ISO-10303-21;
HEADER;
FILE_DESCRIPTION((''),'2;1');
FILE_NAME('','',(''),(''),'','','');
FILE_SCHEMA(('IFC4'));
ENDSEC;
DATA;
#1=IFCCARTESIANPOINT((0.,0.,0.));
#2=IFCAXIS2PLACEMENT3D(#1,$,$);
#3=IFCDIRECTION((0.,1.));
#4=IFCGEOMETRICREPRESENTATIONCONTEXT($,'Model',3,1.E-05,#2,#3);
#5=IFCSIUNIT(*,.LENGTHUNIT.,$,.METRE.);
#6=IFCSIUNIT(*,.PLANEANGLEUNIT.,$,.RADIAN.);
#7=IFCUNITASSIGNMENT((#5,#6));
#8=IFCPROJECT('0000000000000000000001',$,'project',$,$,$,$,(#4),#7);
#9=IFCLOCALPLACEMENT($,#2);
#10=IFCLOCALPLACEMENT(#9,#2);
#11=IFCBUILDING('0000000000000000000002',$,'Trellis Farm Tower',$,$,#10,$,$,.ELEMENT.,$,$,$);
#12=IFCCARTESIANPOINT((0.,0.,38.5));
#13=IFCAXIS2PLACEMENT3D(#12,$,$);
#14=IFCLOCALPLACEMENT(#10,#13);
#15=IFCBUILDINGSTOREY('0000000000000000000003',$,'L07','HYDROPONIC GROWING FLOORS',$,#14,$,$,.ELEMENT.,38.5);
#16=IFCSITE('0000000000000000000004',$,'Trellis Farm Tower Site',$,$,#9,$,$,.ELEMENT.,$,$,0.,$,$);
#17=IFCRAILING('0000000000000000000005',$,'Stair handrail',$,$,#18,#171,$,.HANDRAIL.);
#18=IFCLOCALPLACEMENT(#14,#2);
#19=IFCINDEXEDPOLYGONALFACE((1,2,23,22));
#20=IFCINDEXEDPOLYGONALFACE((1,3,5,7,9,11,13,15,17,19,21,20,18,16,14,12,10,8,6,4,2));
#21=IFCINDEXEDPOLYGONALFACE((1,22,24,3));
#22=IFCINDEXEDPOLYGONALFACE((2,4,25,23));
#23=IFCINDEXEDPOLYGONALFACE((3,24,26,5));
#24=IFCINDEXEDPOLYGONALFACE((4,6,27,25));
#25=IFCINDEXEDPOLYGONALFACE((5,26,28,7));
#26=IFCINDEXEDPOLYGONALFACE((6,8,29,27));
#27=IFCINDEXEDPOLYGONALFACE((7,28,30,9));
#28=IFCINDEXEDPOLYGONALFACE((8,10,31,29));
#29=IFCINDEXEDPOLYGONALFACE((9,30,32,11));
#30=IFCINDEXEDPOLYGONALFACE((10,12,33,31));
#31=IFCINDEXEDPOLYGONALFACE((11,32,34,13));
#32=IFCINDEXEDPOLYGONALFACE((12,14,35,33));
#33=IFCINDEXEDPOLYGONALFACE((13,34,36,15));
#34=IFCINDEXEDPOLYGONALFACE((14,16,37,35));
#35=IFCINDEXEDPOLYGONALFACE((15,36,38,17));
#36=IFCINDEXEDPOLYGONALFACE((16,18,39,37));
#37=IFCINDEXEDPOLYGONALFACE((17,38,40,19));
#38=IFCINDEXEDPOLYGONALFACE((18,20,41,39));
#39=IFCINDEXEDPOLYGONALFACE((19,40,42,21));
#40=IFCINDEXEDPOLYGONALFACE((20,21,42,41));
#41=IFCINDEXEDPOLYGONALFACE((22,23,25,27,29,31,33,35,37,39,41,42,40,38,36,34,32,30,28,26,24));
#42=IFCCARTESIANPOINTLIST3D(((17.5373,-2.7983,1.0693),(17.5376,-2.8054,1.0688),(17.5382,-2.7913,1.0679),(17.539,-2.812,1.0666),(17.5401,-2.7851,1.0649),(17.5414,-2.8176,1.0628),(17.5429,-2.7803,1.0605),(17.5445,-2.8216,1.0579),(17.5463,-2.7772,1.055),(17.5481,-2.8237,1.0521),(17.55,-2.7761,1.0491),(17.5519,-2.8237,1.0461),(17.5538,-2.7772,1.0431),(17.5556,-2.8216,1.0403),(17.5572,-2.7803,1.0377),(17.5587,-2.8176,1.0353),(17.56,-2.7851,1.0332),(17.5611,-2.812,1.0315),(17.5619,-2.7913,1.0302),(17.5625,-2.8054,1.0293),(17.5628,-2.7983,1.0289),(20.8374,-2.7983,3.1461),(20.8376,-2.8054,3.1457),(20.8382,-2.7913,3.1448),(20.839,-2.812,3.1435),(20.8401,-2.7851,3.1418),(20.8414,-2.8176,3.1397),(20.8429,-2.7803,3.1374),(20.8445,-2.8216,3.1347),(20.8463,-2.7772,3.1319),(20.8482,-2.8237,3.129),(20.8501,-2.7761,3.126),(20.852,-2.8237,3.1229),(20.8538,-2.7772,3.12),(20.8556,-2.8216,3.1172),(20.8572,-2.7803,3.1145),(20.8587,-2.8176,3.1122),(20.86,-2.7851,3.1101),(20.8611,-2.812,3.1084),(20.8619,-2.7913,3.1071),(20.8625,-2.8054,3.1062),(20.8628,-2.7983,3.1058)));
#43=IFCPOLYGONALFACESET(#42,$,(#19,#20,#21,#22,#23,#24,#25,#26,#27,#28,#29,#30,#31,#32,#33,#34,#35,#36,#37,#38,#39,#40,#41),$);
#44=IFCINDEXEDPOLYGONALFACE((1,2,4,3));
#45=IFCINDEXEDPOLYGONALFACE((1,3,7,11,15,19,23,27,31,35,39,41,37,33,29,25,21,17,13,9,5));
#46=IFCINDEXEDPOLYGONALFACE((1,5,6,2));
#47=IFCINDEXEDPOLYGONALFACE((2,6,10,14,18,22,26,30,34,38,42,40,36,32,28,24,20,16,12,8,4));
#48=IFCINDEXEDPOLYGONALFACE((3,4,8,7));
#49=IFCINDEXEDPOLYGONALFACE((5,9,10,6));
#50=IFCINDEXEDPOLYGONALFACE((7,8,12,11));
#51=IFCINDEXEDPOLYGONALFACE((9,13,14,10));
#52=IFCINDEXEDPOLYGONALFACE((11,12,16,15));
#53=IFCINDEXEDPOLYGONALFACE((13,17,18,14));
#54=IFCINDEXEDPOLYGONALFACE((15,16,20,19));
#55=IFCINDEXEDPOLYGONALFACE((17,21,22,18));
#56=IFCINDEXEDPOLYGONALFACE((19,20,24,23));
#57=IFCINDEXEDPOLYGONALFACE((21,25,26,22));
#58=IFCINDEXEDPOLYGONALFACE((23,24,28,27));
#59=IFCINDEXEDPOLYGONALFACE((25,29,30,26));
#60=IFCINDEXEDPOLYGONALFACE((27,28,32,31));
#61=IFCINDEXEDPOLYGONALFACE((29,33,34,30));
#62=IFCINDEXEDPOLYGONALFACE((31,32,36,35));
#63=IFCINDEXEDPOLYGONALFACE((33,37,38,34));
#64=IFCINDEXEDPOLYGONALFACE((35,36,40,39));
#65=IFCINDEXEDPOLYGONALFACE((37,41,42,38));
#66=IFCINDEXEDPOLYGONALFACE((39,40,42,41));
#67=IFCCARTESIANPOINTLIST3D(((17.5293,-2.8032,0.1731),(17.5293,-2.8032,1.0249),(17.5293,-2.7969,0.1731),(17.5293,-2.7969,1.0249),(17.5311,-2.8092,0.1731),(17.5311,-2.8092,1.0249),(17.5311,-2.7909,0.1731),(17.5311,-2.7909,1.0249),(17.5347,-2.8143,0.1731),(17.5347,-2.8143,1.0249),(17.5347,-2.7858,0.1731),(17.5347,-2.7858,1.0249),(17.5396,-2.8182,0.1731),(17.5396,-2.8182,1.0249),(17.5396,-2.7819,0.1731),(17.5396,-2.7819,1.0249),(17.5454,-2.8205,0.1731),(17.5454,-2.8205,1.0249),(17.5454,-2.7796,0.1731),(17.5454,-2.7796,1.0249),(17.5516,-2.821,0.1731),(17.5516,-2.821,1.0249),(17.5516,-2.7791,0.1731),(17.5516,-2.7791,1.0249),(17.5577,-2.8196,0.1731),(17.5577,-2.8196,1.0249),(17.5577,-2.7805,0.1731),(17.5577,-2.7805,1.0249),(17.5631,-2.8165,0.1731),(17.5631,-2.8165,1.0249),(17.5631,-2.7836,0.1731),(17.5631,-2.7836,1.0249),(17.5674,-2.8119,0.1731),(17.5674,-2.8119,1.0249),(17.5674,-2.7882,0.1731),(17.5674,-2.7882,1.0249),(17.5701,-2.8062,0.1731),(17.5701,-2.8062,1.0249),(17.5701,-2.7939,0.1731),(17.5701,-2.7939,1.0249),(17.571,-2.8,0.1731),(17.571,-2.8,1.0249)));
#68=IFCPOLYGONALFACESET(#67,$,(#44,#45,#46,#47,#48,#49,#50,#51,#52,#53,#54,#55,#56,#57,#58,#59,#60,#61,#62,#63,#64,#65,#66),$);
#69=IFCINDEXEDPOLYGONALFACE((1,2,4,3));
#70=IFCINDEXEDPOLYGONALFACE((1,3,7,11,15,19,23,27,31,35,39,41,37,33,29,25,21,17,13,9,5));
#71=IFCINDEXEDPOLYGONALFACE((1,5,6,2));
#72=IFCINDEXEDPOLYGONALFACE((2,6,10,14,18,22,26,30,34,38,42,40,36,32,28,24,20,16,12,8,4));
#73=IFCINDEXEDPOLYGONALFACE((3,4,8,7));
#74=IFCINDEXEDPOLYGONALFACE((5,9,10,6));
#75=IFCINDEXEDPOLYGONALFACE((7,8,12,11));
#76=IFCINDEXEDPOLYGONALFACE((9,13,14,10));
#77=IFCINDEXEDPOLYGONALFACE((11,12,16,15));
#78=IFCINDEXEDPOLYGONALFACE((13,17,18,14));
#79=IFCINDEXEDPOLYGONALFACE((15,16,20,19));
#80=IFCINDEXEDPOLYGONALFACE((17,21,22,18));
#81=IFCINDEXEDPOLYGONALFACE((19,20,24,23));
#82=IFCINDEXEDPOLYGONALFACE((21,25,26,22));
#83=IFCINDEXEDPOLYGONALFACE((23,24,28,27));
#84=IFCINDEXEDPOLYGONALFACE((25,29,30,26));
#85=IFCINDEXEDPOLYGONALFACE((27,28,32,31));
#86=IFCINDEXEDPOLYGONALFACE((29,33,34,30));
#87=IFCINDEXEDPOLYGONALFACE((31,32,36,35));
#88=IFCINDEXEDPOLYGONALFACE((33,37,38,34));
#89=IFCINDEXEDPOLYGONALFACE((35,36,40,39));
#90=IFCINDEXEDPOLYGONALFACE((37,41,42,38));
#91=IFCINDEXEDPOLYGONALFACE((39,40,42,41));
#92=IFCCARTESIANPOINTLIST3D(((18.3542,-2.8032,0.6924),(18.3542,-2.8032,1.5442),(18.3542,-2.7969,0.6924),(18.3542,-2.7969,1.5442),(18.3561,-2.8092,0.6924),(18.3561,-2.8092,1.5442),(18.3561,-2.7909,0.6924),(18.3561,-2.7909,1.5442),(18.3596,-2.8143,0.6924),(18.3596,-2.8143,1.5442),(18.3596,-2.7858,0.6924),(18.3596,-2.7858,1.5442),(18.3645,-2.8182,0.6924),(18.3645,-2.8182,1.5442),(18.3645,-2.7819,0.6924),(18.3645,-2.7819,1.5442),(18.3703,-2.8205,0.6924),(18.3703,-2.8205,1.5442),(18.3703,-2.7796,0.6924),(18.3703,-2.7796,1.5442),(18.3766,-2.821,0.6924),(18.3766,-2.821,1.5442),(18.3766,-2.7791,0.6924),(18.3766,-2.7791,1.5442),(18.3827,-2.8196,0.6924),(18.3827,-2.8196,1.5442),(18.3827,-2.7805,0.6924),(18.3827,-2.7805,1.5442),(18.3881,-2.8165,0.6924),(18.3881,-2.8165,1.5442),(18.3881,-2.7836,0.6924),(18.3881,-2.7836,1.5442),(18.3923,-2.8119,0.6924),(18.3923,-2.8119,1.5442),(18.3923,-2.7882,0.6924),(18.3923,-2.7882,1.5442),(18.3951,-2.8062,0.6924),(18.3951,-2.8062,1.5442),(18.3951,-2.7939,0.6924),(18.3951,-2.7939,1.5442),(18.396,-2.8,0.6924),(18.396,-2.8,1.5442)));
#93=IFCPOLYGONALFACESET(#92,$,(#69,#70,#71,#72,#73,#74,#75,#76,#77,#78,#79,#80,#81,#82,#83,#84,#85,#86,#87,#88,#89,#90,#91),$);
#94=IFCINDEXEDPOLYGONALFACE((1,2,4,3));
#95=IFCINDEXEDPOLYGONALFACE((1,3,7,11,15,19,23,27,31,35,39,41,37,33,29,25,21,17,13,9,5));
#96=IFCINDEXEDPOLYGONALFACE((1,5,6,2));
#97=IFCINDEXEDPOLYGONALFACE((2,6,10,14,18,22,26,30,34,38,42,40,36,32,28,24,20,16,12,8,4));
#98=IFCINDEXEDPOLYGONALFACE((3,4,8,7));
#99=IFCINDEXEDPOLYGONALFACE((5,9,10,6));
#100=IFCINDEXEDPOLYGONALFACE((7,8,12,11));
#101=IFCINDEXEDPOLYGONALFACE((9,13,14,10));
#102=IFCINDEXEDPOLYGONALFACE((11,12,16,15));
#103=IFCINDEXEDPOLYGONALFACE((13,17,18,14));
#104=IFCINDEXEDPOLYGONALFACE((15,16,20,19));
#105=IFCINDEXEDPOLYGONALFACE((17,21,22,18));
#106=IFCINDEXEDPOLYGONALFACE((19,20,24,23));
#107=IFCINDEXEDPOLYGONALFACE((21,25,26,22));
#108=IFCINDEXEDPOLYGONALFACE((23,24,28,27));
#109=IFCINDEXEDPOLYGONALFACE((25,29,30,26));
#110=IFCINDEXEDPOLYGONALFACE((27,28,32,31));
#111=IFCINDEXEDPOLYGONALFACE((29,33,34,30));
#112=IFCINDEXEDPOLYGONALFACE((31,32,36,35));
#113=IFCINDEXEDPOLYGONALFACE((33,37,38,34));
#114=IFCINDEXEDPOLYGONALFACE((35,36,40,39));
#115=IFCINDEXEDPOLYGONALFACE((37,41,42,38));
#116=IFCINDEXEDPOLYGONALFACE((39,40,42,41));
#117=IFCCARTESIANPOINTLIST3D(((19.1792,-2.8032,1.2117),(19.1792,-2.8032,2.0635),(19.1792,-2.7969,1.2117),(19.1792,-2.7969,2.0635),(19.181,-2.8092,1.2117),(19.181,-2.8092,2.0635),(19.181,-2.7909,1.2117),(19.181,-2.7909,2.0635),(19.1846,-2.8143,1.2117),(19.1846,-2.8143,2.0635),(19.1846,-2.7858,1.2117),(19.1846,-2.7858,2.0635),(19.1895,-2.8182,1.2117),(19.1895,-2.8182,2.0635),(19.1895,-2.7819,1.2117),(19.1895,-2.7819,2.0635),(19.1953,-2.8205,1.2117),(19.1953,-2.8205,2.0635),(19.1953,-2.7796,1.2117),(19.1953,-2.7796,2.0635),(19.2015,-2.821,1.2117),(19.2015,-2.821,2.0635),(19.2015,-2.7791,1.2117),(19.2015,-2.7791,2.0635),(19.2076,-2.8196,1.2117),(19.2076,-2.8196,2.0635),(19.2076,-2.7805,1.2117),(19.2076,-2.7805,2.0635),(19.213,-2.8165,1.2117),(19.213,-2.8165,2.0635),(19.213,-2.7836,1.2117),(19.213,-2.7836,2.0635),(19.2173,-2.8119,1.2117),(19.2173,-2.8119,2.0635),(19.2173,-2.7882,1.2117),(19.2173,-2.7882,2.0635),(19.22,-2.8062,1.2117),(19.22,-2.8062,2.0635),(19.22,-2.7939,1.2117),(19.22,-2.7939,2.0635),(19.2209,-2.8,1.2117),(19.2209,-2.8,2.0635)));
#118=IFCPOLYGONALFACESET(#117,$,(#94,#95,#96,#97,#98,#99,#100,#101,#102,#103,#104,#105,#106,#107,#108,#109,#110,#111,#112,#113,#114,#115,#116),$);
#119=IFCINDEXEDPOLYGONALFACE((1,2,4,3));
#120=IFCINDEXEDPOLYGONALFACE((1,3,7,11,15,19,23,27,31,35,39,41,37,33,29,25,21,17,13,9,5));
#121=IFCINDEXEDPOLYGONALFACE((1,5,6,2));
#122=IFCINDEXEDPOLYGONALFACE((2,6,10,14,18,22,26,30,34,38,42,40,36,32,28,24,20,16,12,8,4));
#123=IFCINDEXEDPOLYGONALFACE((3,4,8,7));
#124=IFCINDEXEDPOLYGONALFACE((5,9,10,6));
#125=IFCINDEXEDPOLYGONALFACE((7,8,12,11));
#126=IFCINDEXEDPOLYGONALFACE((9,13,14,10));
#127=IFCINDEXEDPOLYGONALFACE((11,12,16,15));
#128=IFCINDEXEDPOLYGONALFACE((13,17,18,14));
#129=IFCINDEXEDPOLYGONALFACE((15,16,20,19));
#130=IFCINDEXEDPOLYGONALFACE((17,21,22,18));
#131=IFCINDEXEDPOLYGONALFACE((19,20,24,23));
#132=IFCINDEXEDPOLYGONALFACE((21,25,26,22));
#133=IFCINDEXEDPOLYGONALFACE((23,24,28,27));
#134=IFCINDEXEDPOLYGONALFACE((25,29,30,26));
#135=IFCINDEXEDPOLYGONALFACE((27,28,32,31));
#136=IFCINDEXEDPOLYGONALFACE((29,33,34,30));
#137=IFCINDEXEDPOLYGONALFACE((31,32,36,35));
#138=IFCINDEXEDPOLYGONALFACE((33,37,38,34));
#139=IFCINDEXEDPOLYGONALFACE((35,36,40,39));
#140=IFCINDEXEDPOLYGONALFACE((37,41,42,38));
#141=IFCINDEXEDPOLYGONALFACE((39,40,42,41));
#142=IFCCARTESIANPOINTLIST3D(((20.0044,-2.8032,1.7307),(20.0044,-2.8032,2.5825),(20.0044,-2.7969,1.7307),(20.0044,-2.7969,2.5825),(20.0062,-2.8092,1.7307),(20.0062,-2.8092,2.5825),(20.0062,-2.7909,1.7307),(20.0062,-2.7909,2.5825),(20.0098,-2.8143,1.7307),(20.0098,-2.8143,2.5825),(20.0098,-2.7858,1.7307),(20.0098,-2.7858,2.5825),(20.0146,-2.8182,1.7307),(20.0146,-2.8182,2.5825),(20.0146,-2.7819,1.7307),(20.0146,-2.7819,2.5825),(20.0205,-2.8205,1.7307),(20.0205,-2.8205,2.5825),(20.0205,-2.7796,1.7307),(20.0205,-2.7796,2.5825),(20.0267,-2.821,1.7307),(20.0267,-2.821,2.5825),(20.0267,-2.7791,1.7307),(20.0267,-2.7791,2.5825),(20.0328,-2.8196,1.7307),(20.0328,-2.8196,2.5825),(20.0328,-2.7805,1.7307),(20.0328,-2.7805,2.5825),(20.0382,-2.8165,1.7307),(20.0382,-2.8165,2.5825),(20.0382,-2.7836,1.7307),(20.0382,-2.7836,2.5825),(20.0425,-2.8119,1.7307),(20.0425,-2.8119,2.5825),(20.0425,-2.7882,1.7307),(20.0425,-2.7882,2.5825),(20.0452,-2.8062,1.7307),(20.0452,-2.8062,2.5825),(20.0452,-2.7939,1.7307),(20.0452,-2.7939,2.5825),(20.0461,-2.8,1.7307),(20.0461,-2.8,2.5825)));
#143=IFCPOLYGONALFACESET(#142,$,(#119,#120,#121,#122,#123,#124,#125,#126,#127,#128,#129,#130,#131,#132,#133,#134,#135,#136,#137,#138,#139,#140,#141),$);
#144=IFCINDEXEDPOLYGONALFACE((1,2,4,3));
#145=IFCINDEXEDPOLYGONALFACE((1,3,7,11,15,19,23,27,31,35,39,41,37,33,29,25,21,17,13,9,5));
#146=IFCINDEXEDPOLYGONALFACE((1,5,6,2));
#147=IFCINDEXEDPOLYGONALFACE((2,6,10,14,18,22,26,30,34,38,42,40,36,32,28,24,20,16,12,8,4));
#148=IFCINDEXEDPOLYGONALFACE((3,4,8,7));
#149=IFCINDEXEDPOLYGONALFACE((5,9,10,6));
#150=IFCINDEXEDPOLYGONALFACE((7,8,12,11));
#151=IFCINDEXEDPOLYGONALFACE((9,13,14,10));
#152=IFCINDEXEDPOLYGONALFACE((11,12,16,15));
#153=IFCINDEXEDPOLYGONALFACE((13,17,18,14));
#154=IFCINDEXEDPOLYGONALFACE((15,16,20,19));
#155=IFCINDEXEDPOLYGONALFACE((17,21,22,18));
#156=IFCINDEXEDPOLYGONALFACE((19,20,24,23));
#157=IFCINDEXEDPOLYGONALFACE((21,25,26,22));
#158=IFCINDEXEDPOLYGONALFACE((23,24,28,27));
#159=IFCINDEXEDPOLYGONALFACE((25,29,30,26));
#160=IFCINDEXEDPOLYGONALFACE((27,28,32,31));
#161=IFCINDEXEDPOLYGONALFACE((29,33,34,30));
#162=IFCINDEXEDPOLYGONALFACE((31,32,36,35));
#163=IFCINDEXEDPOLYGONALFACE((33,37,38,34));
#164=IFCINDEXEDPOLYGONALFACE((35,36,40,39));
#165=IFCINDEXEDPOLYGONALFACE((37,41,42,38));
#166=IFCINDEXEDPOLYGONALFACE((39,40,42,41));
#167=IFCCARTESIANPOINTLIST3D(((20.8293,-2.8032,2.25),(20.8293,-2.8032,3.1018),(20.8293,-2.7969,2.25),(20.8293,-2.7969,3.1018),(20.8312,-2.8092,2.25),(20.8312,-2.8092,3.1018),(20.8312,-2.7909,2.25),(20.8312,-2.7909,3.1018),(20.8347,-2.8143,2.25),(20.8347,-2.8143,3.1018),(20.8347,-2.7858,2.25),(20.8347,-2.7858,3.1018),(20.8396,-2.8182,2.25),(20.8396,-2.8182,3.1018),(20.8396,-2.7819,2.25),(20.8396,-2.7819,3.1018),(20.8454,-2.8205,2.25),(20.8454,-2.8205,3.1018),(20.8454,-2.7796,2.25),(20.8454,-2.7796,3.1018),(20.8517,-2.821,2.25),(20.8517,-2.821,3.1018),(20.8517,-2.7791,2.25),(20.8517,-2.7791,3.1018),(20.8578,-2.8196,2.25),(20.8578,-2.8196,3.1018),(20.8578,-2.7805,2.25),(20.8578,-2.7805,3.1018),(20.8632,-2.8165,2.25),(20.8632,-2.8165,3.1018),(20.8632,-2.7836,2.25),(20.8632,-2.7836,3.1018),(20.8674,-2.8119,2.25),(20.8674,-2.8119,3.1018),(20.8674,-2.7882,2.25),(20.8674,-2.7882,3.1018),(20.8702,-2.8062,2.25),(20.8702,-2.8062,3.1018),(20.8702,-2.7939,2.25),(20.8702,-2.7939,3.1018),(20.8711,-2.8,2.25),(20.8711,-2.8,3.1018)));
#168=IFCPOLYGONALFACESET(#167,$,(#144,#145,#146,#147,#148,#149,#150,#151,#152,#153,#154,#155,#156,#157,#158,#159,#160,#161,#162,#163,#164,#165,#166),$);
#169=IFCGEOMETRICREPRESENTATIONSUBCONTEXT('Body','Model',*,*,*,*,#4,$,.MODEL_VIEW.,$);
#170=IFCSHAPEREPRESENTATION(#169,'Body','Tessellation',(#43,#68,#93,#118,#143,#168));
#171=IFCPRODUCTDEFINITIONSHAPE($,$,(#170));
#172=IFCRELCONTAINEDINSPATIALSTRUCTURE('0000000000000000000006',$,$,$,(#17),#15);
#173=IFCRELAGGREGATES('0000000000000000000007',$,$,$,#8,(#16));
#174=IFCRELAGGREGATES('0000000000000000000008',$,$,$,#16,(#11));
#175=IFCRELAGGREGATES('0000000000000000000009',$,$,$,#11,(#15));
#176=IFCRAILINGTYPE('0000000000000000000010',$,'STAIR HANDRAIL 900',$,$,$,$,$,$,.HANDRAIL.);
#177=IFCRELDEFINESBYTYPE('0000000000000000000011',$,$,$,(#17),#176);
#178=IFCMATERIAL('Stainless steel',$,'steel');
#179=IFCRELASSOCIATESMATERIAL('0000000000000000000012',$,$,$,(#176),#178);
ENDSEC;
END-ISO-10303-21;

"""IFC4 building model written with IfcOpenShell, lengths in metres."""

from ifc_helpers import new_model, si_unit, direction, frame, origin, origin_2d, place, context, subcontext, project, spatial, circle, extrude, source, transform, mapped, material, type_object, element, save


model = new_model("IFC4")

# Units and contexts
model_context = context("Model", 3, precision=1e-05, world=origin(), true_north=direction((0.0, 1.0)))
body_context = subcontext(model_context, "Body", "Model", "MODEL_VIEW")
ifc_project = project(units=[si_unit("LENGTHUNIT", "METRE"), si_unit("PLANEANGLEUNIT", "RADIAN")], contexts=[model_context])

# Site, building, storey
site_placement = place(None, origin())
site = spatial("IfcSite", under=ifc_project, at=site_placement, Name="Trellis Farm Tower Site", CompositionType="ELEMENT", RefElevation=0.0)
building_placement = place(site_placement, origin())
building = spatial("IfcBuilding", under=site, at=building_placement, Name="Trellis Farm Tower", CompositionType="ELEMENT")
storey_placement = place(building_placement, frame((0.0, 0.0, 38.5)))
storey = spatial("IfcBuildingStorey", under=building, at=storey_placement, Name="L07", Description="HYDROPONIC GROWING FLOORS", CompositionType="ELEMENT", Elevation=38.5)

# Railing
ifc_material_1 = material(Name="Stainless steel", Category="steel")
railing_type = type_object("IfcRailingType", Name="STAIR HANDRAIL 900", PredefinedType="HANDRAIL", material=ifc_material_1)
shared_shape_1 = source(origin(), body_context, "Body", "SweptSolid", [
    extrude(circle(Radius=0.0239, at=origin_2d()), frame((0.0, 0.0, 0.876), z_axis=(0.846337, 0.0, 0.532647), x_axis=(0.0, 1.0, 0.0)), (0.0, 0.0, 1.0), 3.8992),
    extrude(circle(Radius=0.021, at=origin_2d()), origin(), (0.0, 0.0, 1.0), 0.8518),
    extrude(circle(Radius=0.021, at=origin_2d()), frame((0.825, 0.0, 0.5193)), (0.0, 0.0, 1.0), 0.8518),
    extrude(circle(Radius=0.021, at=origin_2d()), frame((1.6499, 0.0, 1.0386)), (0.0, 0.0, 1.0), 0.8518),
    extrude(circle(Radius=0.021, at=origin_2d()), frame((2.4751, 0.0, 1.5576)), (0.0, 0.0, 1.0), 0.8518),
    extrude(circle(Radius=0.021, at=origin_2d()), frame((3.3, 0.0, 2.0769)), (0.0, 0.0, 1.0), 0.8518),
])
for number, where, name in (
    (1, (17.55, -2.8, 0.1731), "Stair handrail"),
):
    element("IfcRailing", number, at=place(storey_placement, frame(where)), inside=storey, type_object=railing_type, Name=name, PredefinedType="HANDRAIL", context=body_context, shape_type="MappedRepresentation", body=[
        mapped(shared_shape_1, transform((0.0, 0.0, 0.0))),
    ])

save(model, "model.ifc")
